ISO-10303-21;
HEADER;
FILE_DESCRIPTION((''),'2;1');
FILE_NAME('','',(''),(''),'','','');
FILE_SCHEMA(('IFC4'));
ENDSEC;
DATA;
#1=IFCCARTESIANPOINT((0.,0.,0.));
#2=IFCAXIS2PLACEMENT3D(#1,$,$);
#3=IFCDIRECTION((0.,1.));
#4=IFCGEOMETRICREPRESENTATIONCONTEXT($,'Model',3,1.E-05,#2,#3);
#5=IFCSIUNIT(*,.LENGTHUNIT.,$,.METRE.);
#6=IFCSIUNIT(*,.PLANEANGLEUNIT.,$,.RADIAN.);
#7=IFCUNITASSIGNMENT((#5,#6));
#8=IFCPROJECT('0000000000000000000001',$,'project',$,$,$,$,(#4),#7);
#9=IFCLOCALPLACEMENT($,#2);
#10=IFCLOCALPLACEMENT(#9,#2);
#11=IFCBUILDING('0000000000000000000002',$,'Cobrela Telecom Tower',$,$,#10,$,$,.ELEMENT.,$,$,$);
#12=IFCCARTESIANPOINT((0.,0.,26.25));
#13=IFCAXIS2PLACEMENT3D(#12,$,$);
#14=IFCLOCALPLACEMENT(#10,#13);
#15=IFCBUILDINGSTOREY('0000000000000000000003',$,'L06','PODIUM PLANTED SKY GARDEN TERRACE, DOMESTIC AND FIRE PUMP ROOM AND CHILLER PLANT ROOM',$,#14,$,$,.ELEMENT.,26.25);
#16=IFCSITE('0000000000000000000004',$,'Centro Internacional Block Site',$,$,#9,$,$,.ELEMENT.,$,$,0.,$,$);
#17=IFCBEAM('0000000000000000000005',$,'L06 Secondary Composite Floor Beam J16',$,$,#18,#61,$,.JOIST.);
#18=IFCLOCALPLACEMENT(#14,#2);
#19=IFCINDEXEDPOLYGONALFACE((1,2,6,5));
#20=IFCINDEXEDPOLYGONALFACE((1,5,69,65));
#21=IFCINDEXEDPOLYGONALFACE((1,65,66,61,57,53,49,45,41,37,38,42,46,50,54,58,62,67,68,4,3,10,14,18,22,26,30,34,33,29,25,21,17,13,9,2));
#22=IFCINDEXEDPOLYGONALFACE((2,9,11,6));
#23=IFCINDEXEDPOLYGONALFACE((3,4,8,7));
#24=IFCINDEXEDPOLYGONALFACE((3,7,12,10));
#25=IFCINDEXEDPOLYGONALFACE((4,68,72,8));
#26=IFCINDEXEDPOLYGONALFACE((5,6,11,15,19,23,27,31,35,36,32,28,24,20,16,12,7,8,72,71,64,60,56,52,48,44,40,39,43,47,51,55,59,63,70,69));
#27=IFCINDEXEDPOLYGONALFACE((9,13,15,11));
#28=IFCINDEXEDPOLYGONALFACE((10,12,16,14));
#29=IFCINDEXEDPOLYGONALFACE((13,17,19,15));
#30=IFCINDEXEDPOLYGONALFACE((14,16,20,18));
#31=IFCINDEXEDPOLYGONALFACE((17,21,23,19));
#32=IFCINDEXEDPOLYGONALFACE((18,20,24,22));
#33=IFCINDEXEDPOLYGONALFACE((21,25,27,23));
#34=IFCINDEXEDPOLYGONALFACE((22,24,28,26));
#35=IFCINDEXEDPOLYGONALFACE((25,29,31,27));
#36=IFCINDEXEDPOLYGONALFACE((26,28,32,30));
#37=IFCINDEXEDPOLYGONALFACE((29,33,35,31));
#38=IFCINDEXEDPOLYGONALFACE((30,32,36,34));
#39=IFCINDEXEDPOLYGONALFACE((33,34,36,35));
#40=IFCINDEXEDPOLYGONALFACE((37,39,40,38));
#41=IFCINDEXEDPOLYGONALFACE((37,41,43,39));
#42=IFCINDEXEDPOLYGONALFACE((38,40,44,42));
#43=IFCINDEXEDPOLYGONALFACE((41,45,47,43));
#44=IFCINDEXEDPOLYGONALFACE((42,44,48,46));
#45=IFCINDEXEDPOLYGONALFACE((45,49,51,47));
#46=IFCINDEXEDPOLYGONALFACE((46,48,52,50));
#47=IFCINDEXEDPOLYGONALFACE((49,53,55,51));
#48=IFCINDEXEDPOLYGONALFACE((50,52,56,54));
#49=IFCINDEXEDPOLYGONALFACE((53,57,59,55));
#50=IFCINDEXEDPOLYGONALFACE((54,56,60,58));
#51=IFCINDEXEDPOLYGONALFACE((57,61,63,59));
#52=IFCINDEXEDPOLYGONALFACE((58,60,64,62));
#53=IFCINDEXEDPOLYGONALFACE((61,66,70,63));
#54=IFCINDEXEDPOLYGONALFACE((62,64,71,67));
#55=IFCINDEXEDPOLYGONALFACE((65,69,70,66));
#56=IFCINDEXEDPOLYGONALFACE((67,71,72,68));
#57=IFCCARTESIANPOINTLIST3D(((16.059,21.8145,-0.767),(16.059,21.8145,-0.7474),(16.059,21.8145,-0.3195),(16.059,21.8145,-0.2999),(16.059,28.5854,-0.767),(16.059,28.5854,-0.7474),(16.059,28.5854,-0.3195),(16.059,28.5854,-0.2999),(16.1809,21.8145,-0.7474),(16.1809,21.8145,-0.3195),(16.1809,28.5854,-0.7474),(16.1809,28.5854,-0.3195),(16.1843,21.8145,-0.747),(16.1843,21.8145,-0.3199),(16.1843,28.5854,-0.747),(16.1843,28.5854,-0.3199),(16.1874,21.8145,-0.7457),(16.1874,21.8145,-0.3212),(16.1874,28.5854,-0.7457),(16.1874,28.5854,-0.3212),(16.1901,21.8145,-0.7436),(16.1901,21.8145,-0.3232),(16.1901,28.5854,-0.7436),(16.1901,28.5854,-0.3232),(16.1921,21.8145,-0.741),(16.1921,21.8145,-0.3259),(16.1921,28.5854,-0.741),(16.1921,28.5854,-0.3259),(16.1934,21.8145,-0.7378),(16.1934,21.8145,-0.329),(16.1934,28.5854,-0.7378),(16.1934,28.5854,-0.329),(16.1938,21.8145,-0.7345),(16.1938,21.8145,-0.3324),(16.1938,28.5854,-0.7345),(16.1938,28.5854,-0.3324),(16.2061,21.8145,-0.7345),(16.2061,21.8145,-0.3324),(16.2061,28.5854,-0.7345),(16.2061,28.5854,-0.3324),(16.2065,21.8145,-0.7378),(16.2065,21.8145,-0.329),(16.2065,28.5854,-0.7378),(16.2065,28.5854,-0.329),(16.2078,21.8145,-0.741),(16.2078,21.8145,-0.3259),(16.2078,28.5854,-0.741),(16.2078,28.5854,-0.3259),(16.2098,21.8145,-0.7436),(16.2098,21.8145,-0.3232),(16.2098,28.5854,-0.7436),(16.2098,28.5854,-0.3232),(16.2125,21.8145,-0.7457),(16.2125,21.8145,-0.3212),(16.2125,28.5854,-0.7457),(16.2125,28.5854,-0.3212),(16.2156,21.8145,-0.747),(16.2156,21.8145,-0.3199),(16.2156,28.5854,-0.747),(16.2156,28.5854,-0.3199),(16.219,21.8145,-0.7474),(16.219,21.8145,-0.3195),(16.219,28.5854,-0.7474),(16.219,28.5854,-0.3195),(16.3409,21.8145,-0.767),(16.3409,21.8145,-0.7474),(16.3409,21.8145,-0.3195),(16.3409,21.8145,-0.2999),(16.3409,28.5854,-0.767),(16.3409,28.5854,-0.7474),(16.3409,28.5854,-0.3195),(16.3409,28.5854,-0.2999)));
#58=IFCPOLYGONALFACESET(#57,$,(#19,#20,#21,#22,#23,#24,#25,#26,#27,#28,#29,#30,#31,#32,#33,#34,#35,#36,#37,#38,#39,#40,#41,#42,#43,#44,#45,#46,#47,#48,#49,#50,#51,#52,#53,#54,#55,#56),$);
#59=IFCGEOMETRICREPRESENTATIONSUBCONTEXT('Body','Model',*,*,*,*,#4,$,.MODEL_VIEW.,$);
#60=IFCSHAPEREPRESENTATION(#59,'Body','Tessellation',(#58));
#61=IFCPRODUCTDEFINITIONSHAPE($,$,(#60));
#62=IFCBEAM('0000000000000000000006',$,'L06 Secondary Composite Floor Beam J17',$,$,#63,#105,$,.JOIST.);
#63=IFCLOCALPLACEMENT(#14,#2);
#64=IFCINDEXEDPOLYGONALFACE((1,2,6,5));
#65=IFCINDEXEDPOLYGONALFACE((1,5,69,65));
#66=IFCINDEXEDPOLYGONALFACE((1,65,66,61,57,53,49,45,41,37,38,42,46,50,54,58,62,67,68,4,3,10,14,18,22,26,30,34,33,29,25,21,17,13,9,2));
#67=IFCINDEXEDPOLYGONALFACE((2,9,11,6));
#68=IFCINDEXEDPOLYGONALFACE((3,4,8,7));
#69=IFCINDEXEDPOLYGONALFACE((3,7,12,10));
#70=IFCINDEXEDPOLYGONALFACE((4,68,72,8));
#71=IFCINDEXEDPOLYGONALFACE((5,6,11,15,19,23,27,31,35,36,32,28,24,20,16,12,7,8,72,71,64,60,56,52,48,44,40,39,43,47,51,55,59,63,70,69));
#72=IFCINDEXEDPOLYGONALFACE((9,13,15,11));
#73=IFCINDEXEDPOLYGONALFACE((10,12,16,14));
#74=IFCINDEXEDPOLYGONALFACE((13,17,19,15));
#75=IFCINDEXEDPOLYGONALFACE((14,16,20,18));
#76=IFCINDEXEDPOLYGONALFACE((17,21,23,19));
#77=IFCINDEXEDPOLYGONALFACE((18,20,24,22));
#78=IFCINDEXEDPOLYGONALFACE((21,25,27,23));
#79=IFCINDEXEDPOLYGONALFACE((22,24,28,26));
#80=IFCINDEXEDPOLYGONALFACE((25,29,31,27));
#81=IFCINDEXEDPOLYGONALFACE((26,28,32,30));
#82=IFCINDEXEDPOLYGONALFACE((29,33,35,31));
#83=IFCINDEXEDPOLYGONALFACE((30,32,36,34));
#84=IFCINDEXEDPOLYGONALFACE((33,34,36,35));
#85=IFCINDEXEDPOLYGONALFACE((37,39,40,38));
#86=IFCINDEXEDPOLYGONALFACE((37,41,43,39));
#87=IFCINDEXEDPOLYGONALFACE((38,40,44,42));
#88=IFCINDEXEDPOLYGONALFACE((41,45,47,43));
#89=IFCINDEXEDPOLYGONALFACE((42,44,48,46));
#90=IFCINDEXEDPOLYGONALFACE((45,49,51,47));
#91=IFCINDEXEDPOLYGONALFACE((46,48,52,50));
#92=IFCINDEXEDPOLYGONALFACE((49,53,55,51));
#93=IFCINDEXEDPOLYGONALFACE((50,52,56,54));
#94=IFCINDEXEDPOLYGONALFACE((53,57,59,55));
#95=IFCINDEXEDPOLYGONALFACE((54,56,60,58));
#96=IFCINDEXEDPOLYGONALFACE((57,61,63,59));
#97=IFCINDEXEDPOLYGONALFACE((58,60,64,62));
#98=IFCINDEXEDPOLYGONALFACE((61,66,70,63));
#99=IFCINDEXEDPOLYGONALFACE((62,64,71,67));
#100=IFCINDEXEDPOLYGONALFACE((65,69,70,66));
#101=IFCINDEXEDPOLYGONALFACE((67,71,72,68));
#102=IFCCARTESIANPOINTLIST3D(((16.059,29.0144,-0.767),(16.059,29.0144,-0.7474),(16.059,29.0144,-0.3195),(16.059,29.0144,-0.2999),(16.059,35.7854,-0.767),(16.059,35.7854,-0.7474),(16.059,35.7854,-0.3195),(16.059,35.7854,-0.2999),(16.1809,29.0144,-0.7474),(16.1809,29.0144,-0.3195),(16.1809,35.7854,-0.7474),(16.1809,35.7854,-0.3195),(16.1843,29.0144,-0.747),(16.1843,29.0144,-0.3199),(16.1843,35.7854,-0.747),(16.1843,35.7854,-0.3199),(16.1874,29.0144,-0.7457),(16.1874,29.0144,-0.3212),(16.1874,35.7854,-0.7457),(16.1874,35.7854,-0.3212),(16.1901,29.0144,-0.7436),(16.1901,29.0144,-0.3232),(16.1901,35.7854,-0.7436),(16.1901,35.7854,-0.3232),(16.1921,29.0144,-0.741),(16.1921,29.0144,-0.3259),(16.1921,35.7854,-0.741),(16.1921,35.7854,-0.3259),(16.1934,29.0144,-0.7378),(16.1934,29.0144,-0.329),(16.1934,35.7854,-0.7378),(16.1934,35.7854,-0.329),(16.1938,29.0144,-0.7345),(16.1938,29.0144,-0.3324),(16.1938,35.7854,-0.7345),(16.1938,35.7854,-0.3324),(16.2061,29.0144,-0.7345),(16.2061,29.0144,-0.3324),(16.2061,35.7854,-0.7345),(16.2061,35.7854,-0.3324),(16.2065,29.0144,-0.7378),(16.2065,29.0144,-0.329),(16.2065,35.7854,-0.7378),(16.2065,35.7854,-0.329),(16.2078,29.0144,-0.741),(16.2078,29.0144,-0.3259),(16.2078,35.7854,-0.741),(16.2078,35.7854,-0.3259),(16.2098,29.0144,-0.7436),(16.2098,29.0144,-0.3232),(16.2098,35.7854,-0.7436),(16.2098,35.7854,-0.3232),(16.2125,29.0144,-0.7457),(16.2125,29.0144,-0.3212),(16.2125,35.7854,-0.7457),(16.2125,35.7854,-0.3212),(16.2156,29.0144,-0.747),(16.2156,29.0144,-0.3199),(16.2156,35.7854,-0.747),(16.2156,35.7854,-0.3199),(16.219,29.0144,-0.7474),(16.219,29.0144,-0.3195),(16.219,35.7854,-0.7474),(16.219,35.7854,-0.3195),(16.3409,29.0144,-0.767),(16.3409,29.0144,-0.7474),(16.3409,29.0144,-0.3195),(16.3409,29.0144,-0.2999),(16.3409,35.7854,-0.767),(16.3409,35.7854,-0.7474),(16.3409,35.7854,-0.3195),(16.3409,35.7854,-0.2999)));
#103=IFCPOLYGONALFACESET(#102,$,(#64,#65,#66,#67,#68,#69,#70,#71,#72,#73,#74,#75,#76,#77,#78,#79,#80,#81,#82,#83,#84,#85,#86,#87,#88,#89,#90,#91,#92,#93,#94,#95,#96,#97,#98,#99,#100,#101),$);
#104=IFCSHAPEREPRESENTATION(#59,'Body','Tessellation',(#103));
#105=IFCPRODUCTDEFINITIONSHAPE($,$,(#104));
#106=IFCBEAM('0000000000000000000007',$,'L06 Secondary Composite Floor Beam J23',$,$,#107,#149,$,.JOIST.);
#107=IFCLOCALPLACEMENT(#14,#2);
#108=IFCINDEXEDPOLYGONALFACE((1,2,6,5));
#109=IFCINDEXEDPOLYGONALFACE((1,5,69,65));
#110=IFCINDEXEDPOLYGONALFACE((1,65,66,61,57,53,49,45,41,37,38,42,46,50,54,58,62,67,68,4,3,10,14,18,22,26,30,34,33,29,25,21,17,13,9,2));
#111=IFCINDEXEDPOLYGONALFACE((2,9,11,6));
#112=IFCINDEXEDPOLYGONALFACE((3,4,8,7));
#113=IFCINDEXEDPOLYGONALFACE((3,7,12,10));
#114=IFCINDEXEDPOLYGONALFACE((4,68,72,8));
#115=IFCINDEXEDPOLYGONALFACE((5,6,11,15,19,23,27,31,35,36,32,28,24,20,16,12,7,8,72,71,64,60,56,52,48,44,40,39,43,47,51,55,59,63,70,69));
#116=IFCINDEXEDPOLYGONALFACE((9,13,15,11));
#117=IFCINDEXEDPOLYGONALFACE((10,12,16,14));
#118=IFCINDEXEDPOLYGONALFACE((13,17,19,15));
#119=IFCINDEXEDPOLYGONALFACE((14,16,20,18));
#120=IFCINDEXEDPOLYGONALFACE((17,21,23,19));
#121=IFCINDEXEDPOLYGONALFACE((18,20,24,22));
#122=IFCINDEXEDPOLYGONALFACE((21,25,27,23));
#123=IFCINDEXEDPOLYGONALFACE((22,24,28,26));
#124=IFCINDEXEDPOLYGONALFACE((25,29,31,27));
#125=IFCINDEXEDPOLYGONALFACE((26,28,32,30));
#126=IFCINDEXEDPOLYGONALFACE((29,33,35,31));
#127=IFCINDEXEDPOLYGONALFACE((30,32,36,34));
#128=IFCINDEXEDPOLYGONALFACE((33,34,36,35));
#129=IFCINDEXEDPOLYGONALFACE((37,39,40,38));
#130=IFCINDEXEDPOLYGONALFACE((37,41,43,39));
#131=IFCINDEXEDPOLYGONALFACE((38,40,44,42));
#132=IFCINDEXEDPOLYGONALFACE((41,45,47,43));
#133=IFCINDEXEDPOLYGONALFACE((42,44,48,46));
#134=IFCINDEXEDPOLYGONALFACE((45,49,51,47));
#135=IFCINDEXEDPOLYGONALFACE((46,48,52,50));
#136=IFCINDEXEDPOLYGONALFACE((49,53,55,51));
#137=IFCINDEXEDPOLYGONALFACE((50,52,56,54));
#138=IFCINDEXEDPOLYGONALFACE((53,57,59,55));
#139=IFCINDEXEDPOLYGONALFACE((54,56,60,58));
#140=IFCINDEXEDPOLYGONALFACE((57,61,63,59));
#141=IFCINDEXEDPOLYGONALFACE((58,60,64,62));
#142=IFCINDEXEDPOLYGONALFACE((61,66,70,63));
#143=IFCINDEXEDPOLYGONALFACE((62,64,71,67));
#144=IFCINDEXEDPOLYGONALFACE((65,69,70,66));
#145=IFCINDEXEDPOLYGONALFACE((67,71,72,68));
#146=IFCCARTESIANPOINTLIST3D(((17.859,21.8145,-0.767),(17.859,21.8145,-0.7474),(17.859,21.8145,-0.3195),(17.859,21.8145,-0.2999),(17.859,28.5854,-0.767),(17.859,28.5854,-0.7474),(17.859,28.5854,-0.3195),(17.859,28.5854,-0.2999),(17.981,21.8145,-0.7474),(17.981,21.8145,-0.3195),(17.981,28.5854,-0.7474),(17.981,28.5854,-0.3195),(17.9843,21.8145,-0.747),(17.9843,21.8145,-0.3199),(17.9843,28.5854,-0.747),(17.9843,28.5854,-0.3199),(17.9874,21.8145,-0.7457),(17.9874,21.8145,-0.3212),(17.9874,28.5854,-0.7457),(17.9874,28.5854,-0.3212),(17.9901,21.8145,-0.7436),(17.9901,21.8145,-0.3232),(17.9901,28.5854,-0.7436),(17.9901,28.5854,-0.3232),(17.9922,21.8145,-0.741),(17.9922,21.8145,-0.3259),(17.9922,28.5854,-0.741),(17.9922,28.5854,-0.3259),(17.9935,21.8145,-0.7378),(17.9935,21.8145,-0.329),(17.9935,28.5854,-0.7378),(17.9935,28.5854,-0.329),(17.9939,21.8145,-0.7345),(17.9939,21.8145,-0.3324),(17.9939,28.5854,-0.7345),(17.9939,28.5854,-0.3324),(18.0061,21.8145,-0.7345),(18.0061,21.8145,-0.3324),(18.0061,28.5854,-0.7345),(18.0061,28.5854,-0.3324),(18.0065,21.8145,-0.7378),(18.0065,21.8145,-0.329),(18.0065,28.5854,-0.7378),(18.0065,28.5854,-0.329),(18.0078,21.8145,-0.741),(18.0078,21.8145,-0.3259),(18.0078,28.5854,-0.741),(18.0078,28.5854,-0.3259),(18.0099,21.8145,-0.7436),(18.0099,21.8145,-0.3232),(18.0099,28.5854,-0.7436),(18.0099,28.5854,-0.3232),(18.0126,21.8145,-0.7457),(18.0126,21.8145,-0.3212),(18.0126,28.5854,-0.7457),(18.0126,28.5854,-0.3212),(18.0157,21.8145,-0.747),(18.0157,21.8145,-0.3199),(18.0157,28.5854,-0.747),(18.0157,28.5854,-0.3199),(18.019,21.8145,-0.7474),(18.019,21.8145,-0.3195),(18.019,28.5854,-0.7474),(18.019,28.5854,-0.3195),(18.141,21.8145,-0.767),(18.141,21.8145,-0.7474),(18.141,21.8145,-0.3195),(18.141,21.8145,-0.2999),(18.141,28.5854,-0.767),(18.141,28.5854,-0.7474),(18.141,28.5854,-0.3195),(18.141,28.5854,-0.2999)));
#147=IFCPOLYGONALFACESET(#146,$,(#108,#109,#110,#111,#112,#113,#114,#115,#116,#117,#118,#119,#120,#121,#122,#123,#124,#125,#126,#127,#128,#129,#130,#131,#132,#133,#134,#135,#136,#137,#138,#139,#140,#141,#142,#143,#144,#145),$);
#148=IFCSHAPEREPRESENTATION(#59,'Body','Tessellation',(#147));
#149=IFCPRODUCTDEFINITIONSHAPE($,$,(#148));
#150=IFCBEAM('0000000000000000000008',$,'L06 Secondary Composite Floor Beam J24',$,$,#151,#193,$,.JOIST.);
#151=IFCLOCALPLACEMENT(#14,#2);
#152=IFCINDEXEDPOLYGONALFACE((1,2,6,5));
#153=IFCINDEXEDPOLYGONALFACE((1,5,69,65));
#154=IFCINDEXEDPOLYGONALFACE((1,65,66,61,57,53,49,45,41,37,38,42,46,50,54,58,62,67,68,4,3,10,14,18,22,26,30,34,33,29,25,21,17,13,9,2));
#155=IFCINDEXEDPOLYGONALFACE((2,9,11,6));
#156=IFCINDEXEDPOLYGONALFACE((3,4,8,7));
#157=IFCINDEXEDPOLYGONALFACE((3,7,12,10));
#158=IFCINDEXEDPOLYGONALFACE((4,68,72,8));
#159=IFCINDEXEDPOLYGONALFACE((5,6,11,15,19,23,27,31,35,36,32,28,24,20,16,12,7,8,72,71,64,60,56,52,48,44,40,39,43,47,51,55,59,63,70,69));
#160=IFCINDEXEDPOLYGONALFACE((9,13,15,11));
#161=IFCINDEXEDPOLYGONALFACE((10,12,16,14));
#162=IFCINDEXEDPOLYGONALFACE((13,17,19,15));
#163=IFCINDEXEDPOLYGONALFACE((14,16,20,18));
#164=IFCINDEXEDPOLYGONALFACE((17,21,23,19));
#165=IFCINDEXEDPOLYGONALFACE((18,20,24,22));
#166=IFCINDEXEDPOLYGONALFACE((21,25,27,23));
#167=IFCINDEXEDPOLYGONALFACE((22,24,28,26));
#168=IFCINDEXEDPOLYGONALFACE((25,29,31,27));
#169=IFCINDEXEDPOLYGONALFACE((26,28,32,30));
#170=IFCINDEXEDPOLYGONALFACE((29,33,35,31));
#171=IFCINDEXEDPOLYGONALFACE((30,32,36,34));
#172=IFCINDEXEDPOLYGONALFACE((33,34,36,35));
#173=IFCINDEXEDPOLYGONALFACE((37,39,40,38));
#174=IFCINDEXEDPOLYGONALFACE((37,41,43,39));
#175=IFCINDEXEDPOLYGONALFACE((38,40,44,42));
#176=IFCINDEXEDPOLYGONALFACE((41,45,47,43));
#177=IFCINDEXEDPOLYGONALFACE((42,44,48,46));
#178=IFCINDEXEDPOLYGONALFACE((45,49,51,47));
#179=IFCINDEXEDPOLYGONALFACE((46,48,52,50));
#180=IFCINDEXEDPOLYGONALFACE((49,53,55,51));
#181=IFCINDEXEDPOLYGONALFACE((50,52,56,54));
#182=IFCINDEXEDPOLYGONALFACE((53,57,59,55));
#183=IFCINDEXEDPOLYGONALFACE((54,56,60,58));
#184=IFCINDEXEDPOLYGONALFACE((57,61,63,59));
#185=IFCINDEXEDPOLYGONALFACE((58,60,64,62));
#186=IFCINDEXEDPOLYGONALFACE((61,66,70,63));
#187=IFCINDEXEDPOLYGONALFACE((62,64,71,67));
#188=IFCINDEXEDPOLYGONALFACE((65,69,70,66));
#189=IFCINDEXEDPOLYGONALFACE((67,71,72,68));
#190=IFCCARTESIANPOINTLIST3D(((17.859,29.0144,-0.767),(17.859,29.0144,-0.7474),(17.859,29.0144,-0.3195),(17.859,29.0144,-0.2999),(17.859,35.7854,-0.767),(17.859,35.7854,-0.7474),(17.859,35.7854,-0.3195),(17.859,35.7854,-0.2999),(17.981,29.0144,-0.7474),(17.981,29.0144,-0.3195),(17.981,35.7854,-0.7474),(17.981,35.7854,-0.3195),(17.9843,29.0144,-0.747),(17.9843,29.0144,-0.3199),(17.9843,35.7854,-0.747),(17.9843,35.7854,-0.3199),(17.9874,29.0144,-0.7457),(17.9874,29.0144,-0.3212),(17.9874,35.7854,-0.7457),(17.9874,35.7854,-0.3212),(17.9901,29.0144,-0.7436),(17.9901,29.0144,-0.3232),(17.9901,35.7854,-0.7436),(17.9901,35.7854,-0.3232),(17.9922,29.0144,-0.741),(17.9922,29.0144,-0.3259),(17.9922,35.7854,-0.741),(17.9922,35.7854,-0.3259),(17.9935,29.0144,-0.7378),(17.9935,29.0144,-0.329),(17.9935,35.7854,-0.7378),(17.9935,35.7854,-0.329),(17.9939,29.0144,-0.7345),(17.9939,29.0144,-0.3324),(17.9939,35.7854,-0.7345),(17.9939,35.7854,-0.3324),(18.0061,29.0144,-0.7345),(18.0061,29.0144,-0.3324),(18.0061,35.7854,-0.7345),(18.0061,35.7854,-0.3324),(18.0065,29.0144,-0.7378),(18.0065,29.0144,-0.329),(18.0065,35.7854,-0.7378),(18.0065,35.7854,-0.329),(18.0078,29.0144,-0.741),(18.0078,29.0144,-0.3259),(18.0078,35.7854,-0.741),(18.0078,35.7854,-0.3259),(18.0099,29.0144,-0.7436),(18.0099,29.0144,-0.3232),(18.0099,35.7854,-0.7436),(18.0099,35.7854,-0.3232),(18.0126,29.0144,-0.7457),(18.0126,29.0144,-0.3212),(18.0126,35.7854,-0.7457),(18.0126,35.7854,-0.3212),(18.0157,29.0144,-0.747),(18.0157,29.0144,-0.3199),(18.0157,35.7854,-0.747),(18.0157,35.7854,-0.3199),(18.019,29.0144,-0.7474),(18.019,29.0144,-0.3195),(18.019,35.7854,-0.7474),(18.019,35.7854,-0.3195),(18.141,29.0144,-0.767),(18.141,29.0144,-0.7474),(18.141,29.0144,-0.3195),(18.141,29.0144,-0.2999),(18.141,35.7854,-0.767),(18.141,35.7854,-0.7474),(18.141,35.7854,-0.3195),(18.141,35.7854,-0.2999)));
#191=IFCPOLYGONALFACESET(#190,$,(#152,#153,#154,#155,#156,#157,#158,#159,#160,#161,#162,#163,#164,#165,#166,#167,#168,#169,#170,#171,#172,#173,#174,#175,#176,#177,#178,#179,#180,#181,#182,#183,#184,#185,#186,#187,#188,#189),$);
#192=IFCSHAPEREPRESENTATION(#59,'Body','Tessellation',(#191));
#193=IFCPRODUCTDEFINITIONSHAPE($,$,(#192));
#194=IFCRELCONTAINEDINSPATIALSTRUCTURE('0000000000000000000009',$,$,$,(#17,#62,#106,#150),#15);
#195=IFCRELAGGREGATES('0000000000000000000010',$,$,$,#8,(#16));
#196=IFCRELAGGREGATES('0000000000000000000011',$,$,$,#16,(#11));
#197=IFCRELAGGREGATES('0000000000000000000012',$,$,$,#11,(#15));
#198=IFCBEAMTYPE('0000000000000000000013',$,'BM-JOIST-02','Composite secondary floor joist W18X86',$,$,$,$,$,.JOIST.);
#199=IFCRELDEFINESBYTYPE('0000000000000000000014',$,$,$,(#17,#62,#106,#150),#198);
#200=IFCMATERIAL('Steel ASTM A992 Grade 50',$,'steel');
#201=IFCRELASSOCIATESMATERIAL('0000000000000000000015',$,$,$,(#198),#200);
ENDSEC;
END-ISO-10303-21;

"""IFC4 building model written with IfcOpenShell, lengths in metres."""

from ifc_helpers import new_model, si_unit, direction, frame, origin, origin_2d, place, context, subcontext, project, spatial, i_section, extrude, material, material_profile, profile_set, type_object, element, save


model = new_model("IFC4")

# Units and contexts
model_context = context("Model", 3, precision=1e-05, world=origin(), true_north=direction((0.0, 1.0)))
body_context = subcontext(model_context, "Body", "Model", "MODEL_VIEW")
ifc_project = project(units=[si_unit("LENGTHUNIT", "METRE"), si_unit("PLANEANGLEUNIT", "RADIAN")], contexts=[model_context])

# Site, building, storey
site_placement = place(None, origin())
site = spatial("IfcSite", under=ifc_project, at=site_placement, Name="Centro Internacional Block Site", CompositionType="ELEMENT", RefElevation=0.0)
building_placement = place(site_placement, origin())
building = spatial("IfcBuilding", under=site, at=building_placement, Name="Cobrela Telecom Tower", CompositionType="ELEMENT")
storey_placement = place(building_placement, frame((0.0, 0.0, 26.25)))
storey = spatial("IfcBuildingStorey", under=building, at=storey_placement, Name="L06", Description="PODIUM PLANTED SKY GARDEN TERRACE, DOMESTIC AND FIRE PUMP ROOM AND CHILLER PLANT ROOM", CompositionType="ELEMENT", Elevation=26.25)

# Beams
ifc_material_1 = material(Name="Steel ASTM A992 Grade 50", Category="steel")
ifc_material_profile = material_profile(ifc_material_1, i_section(OverallWidth=0.282, OverallDepth=0.467, WebThickness=0.0122, FlangeThickness=0.0195, FilletRadius=0.0129, at=origin_2d()), Name="W18X86")
ifc_profile_set = profile_set([ifc_material_profile], Name="Steel ASTM A992 Grade 50")
beam_type = type_object("IfcBeamType", Name="BM-JOIST-02", Description="Composite secondary floor joist W18X86", PredefinedType="JOIST", material=ifc_profile_set)
for number, where, z_axis, x_axis, name in (
    (1, (16.2, 21.8145, -0.5334), (0.0, 1.0, 0.0), (-1.0, 0.0, 0.0), "L06 Secondary Composite Floor Beam J16"),
    (2, (16.2, 29.0144, -0.5334), (0.0, 1.0, 0.0), (-1.0, 0.0, 0.0), "L06 Secondary Composite Floor Beam J17"),
    (3, (18.0, 21.8145, -0.5334), (0.0, 1.0, 0.0), (-1.0, 0.0, 0.0), "L06 Secondary Composite Floor Beam J23"),
    (4, (18.0, 29.0144, -0.5334), (0.0, 1.0, 0.0), (-1.0, 0.0, 0.0), "L06 Secondary Composite Floor Beam J24"),
):
    element("IfcBeam", number, at=place(storey_placement, frame(where, z_axis=z_axis, x_axis=x_axis)), inside=storey, type_object=beam_type, Name=name, PredefinedType="JOIST", context=body_context, shape_type="SweptSolid", body=[
        extrude(i_section(OverallWidth=0.282, OverallDepth=0.467, WebThickness=0.0122, FlangeThickness=0.0195, FilletRadius=0.0129, at=origin_2d()), origin(), (0.0, 0.0, 1.0), 6.771),
    ])

save(model, "model.ifc")
